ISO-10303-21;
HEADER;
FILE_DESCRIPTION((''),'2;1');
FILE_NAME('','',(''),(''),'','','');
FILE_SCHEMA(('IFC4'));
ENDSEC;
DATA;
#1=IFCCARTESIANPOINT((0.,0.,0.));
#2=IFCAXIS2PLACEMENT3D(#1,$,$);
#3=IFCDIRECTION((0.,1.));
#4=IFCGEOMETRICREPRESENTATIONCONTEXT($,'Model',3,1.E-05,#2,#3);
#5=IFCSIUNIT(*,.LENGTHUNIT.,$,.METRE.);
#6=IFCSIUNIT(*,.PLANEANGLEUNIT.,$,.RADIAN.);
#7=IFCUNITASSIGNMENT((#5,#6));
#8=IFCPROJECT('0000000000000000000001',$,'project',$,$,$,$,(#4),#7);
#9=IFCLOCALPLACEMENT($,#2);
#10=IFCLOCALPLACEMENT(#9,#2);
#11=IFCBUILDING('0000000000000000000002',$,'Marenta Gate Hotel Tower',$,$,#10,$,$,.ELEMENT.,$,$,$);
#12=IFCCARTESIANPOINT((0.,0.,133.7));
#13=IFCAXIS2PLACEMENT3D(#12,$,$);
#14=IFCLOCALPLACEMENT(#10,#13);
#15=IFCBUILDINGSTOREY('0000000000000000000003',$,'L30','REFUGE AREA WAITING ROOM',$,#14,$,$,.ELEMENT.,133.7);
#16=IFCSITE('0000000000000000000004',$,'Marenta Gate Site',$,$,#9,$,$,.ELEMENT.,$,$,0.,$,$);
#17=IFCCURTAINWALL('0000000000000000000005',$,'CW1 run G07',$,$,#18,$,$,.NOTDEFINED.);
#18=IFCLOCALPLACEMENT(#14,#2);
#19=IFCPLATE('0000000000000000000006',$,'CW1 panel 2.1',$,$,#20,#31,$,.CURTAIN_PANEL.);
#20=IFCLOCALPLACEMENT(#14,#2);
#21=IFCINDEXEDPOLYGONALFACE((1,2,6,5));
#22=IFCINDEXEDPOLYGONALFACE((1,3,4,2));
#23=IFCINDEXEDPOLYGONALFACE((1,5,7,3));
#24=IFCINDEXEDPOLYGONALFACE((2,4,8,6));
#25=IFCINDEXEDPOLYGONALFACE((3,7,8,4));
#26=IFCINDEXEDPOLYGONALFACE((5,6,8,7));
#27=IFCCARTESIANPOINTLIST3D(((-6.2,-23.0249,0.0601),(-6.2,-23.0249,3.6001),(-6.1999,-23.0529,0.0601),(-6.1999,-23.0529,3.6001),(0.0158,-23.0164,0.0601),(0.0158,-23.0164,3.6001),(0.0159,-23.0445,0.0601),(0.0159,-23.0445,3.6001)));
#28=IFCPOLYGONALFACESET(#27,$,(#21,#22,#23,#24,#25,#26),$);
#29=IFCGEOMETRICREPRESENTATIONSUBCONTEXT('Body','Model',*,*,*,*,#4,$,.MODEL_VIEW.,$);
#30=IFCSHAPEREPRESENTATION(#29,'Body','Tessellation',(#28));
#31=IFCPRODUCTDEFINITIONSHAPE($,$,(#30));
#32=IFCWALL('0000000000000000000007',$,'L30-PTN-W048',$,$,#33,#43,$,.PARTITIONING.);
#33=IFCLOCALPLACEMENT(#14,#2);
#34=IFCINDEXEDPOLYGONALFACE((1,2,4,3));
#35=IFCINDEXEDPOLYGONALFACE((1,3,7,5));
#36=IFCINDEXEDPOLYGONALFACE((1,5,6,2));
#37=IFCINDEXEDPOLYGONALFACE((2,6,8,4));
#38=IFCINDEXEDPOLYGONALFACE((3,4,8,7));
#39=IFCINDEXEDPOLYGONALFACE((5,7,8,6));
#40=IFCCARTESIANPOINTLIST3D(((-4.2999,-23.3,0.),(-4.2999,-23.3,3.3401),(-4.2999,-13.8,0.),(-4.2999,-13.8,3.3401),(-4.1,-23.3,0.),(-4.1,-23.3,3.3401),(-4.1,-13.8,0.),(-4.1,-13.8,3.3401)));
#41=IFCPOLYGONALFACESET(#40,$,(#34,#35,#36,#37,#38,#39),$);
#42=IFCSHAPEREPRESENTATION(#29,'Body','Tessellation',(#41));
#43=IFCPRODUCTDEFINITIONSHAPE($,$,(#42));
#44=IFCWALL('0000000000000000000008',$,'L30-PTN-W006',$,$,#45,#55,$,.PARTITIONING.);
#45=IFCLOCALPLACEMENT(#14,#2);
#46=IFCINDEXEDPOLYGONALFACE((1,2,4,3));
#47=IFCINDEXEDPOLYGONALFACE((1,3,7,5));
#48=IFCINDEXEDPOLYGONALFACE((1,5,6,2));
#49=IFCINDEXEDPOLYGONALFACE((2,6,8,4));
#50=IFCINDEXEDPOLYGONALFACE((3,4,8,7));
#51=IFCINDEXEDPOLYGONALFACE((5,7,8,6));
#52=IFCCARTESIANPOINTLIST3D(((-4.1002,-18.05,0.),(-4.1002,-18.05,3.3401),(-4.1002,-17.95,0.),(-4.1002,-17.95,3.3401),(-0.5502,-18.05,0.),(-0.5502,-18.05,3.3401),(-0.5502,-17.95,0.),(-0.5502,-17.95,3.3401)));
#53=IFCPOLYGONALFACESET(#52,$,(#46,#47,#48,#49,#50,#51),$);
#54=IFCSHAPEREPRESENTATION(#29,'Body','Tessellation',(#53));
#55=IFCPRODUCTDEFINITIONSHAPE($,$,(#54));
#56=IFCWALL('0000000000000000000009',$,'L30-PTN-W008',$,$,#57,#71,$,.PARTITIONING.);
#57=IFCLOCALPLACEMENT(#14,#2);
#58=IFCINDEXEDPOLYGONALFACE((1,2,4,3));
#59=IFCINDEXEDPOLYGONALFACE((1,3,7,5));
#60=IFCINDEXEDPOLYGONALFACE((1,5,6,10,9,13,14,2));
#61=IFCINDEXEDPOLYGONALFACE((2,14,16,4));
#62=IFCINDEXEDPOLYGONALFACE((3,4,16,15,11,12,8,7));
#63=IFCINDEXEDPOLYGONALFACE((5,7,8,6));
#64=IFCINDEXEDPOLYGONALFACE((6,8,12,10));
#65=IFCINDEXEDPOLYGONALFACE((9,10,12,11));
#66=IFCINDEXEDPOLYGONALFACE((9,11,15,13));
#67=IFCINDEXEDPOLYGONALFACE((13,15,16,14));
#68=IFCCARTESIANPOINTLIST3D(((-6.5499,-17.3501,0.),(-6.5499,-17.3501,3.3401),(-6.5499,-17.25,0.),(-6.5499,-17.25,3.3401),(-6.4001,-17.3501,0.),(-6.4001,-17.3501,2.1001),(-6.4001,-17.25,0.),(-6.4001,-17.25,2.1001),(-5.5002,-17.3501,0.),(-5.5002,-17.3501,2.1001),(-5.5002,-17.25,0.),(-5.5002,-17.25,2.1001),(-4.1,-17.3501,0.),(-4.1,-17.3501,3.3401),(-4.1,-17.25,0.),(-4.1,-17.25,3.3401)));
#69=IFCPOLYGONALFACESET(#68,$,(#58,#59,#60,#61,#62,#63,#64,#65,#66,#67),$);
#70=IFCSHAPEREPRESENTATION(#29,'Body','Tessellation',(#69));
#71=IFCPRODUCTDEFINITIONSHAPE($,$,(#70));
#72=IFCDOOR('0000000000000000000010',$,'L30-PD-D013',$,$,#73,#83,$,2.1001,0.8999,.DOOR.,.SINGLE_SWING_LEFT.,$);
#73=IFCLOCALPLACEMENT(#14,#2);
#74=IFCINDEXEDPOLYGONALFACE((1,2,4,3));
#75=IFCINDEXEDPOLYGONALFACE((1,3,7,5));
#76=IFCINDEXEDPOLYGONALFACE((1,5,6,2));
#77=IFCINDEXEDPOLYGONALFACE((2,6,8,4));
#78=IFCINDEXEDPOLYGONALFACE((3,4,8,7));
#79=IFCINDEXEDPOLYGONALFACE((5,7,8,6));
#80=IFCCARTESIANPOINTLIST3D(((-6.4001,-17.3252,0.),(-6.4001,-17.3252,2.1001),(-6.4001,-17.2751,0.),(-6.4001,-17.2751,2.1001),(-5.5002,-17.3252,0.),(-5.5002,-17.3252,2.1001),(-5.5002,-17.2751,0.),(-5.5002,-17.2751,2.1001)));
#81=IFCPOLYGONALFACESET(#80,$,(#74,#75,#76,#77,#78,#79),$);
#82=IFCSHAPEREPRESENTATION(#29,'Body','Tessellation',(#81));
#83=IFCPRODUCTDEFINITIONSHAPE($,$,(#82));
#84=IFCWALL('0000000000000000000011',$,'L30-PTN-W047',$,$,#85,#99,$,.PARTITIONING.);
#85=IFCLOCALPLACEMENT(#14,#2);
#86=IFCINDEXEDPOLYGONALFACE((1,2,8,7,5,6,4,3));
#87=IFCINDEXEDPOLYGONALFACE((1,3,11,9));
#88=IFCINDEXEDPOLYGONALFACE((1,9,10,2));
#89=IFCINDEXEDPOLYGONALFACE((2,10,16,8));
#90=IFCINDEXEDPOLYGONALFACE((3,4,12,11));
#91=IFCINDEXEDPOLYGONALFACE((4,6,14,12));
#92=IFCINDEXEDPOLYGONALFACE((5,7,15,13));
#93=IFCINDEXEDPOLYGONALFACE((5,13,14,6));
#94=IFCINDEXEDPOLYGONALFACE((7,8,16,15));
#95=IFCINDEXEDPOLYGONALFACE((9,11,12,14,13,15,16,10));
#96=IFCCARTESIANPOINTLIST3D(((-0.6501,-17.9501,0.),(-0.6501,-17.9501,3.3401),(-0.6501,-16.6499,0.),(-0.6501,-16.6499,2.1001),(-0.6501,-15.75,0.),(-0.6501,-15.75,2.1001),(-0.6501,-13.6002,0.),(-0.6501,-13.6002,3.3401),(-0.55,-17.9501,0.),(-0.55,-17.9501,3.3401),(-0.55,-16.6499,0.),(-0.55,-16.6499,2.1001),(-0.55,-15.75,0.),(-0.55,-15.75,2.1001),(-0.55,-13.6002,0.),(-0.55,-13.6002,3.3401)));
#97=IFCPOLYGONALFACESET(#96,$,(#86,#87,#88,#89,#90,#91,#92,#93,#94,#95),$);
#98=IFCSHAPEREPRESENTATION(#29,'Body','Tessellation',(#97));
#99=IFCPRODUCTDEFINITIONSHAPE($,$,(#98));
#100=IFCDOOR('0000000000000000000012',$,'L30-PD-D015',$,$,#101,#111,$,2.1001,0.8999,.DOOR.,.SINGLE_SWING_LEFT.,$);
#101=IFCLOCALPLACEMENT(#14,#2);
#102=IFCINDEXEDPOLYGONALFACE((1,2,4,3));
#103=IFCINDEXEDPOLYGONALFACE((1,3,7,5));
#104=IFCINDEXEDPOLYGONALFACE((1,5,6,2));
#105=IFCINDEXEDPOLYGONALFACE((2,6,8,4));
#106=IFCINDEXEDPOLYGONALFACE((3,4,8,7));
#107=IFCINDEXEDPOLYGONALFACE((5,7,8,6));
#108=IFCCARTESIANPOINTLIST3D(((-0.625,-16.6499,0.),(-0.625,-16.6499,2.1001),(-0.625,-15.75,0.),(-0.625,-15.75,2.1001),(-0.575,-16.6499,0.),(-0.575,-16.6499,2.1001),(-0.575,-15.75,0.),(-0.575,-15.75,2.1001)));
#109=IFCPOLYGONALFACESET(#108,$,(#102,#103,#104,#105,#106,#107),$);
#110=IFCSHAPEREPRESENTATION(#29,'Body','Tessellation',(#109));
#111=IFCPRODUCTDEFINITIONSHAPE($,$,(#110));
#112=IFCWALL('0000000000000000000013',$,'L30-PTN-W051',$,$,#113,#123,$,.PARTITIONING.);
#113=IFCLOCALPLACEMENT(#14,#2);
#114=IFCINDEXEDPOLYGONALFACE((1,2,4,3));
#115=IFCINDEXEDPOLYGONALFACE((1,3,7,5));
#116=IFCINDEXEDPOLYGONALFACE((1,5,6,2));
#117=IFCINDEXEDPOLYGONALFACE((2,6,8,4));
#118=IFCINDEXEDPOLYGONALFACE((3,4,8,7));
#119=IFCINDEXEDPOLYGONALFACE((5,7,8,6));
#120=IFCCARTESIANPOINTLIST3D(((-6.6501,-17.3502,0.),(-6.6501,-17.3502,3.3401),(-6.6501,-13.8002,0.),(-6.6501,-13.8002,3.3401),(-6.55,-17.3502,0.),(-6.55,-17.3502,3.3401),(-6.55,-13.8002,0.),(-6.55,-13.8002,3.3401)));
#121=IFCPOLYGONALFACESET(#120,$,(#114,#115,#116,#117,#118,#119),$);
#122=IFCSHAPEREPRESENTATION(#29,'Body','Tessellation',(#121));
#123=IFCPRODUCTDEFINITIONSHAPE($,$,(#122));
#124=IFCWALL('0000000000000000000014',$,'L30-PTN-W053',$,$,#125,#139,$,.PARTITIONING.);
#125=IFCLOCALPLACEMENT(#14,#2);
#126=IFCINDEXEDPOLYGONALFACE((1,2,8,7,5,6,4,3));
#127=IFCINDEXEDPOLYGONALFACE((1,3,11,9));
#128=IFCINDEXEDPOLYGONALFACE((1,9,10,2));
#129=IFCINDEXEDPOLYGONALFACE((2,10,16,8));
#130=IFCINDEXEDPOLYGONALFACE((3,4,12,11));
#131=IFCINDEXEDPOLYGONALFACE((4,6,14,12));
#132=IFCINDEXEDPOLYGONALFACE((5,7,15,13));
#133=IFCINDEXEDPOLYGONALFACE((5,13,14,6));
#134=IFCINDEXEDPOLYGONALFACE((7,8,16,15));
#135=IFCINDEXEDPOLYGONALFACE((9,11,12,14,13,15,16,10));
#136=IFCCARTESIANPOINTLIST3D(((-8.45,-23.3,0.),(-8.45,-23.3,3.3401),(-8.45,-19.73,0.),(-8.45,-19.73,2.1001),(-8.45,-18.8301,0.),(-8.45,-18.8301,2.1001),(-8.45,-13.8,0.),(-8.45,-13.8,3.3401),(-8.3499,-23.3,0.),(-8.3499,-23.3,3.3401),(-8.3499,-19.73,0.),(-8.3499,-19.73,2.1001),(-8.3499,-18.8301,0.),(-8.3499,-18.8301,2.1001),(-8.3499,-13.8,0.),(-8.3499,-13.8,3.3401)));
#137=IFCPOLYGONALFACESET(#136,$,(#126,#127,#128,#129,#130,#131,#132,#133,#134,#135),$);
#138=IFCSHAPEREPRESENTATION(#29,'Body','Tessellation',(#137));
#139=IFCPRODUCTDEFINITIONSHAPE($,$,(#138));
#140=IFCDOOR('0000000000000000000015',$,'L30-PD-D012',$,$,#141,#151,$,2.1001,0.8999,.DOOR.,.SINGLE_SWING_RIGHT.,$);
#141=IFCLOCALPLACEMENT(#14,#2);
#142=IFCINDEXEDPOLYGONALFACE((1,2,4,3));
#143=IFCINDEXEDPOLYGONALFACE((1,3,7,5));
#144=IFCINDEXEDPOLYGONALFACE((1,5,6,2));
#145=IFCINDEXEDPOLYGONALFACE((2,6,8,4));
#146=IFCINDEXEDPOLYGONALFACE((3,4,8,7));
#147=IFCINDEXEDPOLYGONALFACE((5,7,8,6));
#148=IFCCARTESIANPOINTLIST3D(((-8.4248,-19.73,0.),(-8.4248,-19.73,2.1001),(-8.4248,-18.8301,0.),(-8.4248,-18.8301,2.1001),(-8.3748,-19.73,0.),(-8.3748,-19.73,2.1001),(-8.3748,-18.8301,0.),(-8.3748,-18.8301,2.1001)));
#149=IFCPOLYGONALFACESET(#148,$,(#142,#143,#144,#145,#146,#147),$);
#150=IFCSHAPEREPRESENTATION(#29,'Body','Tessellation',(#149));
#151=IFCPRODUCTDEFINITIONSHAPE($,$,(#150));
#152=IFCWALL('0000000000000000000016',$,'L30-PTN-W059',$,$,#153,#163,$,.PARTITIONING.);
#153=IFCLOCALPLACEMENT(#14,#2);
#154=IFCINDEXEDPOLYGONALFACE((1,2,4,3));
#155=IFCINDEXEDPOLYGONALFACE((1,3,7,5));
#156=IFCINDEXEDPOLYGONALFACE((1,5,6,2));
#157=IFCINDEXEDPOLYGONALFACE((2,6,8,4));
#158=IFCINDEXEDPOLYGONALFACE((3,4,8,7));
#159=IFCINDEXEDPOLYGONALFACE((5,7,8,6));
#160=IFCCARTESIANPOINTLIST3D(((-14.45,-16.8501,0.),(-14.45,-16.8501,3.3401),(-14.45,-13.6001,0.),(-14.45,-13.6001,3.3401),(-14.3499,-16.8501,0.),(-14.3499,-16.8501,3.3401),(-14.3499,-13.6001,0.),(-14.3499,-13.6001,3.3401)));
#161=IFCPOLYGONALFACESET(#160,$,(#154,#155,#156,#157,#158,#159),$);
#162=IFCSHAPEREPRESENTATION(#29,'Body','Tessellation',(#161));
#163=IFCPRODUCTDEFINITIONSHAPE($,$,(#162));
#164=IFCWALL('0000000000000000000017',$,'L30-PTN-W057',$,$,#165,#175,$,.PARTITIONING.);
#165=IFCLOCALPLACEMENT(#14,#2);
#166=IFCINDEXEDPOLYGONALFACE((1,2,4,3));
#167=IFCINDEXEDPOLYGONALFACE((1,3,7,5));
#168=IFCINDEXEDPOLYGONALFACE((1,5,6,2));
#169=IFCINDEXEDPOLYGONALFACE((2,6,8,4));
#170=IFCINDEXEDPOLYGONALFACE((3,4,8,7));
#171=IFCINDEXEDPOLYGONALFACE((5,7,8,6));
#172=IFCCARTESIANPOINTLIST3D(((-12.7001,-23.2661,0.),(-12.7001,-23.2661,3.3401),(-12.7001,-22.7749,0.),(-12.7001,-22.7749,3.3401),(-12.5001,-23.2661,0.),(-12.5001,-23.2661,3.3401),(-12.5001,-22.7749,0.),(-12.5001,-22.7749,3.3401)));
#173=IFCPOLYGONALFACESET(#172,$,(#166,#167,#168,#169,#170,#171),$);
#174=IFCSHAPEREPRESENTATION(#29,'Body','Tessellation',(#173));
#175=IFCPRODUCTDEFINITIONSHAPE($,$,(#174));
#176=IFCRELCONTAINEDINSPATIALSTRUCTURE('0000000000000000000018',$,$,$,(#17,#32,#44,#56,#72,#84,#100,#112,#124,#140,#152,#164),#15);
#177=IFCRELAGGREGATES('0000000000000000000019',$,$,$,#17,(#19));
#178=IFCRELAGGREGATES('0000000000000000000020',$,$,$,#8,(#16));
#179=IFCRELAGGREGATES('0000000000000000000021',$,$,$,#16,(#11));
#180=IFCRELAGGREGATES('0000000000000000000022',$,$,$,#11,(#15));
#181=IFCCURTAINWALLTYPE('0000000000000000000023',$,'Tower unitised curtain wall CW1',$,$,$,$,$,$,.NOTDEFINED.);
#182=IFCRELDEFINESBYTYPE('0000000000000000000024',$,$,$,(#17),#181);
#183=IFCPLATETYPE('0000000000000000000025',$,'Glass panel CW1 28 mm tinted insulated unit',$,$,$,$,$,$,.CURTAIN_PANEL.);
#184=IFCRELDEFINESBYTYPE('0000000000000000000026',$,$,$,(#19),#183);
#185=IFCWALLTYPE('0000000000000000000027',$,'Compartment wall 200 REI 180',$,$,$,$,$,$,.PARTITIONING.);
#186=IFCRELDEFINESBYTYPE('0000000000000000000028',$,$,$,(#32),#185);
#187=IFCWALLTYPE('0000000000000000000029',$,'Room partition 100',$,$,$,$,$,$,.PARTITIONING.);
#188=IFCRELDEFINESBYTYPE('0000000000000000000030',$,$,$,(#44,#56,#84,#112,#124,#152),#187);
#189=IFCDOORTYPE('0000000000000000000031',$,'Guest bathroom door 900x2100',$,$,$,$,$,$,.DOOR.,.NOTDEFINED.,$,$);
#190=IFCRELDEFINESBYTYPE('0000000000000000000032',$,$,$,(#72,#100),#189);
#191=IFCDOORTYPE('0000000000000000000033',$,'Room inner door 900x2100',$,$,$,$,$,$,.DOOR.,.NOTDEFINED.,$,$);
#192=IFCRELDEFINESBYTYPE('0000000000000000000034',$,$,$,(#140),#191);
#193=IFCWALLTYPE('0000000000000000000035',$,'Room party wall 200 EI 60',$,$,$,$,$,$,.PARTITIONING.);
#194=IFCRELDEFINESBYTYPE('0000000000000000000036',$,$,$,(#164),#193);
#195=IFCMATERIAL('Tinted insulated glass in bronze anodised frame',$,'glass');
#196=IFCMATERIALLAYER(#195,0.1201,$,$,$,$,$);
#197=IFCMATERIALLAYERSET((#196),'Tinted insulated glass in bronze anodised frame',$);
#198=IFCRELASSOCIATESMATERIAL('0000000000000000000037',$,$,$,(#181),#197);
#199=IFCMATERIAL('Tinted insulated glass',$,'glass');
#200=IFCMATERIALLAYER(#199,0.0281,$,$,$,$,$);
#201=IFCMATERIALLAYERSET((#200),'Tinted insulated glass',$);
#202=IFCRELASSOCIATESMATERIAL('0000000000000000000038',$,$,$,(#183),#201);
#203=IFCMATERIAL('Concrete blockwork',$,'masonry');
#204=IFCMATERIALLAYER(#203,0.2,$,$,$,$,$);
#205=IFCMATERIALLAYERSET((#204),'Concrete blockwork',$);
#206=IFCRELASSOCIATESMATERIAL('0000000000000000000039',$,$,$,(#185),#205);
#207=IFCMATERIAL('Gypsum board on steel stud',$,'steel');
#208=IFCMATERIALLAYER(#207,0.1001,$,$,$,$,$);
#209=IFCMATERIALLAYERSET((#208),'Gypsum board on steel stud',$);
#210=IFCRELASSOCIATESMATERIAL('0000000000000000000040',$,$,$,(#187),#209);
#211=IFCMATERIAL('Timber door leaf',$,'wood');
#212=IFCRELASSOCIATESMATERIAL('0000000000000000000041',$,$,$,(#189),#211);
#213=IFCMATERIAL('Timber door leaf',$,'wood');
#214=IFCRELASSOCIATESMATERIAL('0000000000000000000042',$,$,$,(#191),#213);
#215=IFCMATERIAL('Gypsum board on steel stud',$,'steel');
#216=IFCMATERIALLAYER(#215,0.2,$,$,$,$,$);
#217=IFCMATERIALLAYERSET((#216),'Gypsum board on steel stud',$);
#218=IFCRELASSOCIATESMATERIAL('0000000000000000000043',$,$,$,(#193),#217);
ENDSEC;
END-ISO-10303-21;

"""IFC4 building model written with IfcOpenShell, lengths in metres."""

from ifc_helpers import new_model, si_unit, direction, frame, frame_2d, origin, origin_2d, place, context, subcontext, project, spatial, rectangle, extrude, material, layer, layer_set, type_object, element, fill, aggregate, save


model = new_model("IFC4")

# Units and contexts
model_context = context("Model", 3, precision=1e-05, world=origin(), true_north=direction((0.0, 1.0)))
body_context = subcontext(model_context, "Body", "Model", "MODEL_VIEW")
ifc_project = project(units=[si_unit("LENGTHUNIT", "METRE"), si_unit("PLANEANGLEUNIT", "RADIAN")], contexts=[model_context])

# Site, building, storey
site_placement = place(None, origin())
site = spatial("IfcSite", under=ifc_project, at=site_placement, Name="Marenta Gate Site", CompositionType="ELEMENT", RefElevation=0.0)
building_placement = place(site_placement, origin())
building = spatial("IfcBuilding", under=site, at=building_placement, Name="Marenta Gate Hotel Tower", CompositionType="ELEMENT")
storey_placement = place(building_placement, frame((0.0, 0.0, 133.7)))
storey = spatial("IfcBuildingStorey", under=building, at=storey_placement, Name="L30", Description="REFUGE AREA WAITING ROOM", CompositionType="ELEMENT", Elevation=133.7)

# Curtain wall
ifc_material_1 = material(Name="Tinted insulated glass in bronze anodised frame", Category="glass")
ifc_layer_1 = layer(ifc_material_1, 0.1201)
ifc_layer_set_1 = layer_set([ifc_layer_1], Name="Tinted insulated glass in bronze anodised frame")
curtain_wall_type = type_object("IfcCurtainWallType", Name="Tower unitised curtain wall CW1", PredefinedType="NOTDEFINED", material=ifc_layer_set_1)
curtain_wall_1_placement = place(storey_placement, origin())
curtain_wall_1 = element("IfcCurtainWall", 1, at=curtain_wall_1_placement, inside=storey, type_object=curtain_wall_type, Name="CW1 run G07", PredefinedType="NOTDEFINED")

# Shared definitions
ifc_material_2 = material(Name="Tinted insulated glass", Category="glass")
ifc_layer_2 = layer(ifc_material_2, 0.0281)
ifc_layer_set_2 = layer_set([ifc_layer_2], Name="Tinted insulated glass")
plate_type = type_object("IfcPlateType", Name="Glass panel CW1 28 mm tinted insulated unit", PredefinedType="CURTAIN_PANEL", material=ifc_layer_set_2)

# Plate
plate_1_placement = place(storey_placement, frame((-3.092, -23.0347, 0.0601), z_axis=(0.0, 0.0, 1.0), x_axis=(0.999999, 0.001362, 0.0)))
plate_1 = element("IfcPlate", 2, at=plate_1_placement, type_object=plate_type, Name="CW1 panel 2.1", PredefinedType="CURTAIN_PANEL", context=body_context, shape_type="SweptSolid", body=[
    extrude(rectangle(XDim=6.2158, YDim=0.0281, at=origin_2d()), origin(), (0.0, 0.0, 1.0), 3.54),
])
aggregate(curtain_wall_1, [plate_1])

# Walls
ifc_material_3 = material(Name="Concrete blockwork", Category="masonry")
ifc_layer_3 = layer(ifc_material_3, 0.2)
ifc_layer_set_3 = layer_set([ifc_layer_3], Name="Concrete blockwork")
wall_type_1 = type_object("IfcWallType", Name="Compartment wall 200 REI 180", PredefinedType="PARTITIONING", material=ifc_layer_set_3)
wall_1_placement = place(storey_placement, frame((-4.2, -23.3, 0.0), z_axis=(0.0, 0.0, 1.0), x_axis=(0.0, 1.0, 0.0)))
element("IfcWall", 3, at=wall_1_placement, inside=storey, type_object=wall_type_1, Name="L30-PTN-W048", PredefinedType="PARTITIONING", context=body_context, shape_type="SweptSolid", body=[
    extrude(rectangle(XDim=9.5, YDim=0.2, at=frame_2d((4.75, 0.0))), origin(), (0.0, 0.0, 1.0), 3.3401),
])
ifc_material_4 = material(Name="Gypsum board on steel stud", Category="steel")
ifc_layer_4 = layer(ifc_material_4, 0.1001)
ifc_layer_set_4 = layer_set([ifc_layer_4], Name="Gypsum board on steel stud")
wall_type_2 = type_object("IfcWallType", Name="Room partition 100", PredefinedType="PARTITIONING", material=ifc_layer_set_4)
wall_2_placement = place(storey_placement, frame((-4.1001, -18.0, 0.0), z_axis=(0.0, 0.0, 1.0), x_axis=(1.0, 0.0, 0.0)))
element("IfcWall", 4, at=wall_2_placement, inside=storey, type_object=wall_type_2, Name="L30-PTN-W006", PredefinedType="PARTITIONING", context=body_context, shape_type="SweptSolid", body=[
    extrude(rectangle(XDim=3.55, YDim=0.1001, at=frame_2d((1.7749, 0.0))), origin(), (0.0, 0.0, 1.0), 3.3401),
])

# Walls, openings, doors
wall_3_placement = place(storey_placement, frame((-6.55, -17.3, 0.0), z_axis=(0.0, 0.0, 1.0), x_axis=(1.0, 0.0, 0.0)))
wall_3 = element("IfcWall", 5, at=wall_3_placement, inside=storey, type_object=wall_type_2, Name="L30-PTN-W008", PredefinedType="PARTITIONING", context=body_context, shape_type="SweptSolid", body=[
    extrude(rectangle(XDim=2.45, YDim=0.1001, at=frame_2d((1.2251, 0.0))), origin(), (0.0, 0.0, 1.0), 3.3401),
])
opening_1_placement = place(wall_3_placement, frame((0.1499, 0.0, 0.0)))
opening_1 = element("IfcOpeningElement", 6, at=opening_1_placement, cuts=wall_3, PredefinedType="OPENING", context=body_context, shape_type="SweptSolid", body=[
    extrude(rectangle(XDim=0.8999, YDim=2.1001, at=frame_2d((0.45, 1.05))), frame((0.0, 0.05, 0.0), z_axis=(0.0, -1.0, 0.0), x_axis=(1.0, 0.0, 0.0)), (0.0, 0.0, 1.0), 0.1001),
])
ifc_material_5 = material(Name="Timber door leaf", Category="wood")
door_type_1 = type_object("IfcDoorType", Name="Guest bathroom door 900x2100", OperationType="NOTDEFINED", PredefinedType="DOOR", material=ifc_material_5)
door_1_placement = place(opening_1_placement, origin())
door_1 = element("IfcDoor", 7, at=door_1_placement, inside=storey, type_object=door_type_1, Name="L30-PD-D013", OperationType="SINGLE_SWING_LEFT", OverallHeight=2.1001, OverallWidth=0.8999, PredefinedType="DOOR", context=body_context, shape_type="SweptSolid", body=[
    extrude(rectangle(XDim=0.8999, YDim=2.1001, at=frame_2d((0.45, 1.05))), frame((0.0, 0.0249, 0.0), z_axis=(0.0, -1.0, 0.0), x_axis=(1.0, 0.0, 0.0)), (0.0, 0.0, 1.0), 0.05),
])
fill(opening_1, door_1)
wall_4_placement = place(storey_placement, frame((-0.6001, -17.95, 0.0), z_axis=(0.0, 0.0, 1.0), x_axis=(0.0, 1.0, 0.0)))
wall_4 = element("IfcWall", 8, at=wall_4_placement, inside=storey, type_object=wall_type_2, Name="L30-PTN-W047", PredefinedType="PARTITIONING", context=body_context, shape_type="SweptSolid", body=[
    extrude(rectangle(XDim=4.3499, YDim=0.1001, at=frame_2d((2.1748, 0.0))), origin(), (0.0, 0.0, 1.0), 3.3401),
])
opening_2_placement = place(wall_4_placement, frame((1.3, 0.0, 0.0)))
opening_2 = element("IfcOpeningElement", 9, at=opening_2_placement, cuts=wall_4, PredefinedType="OPENING", context=body_context, shape_type="SweptSolid", body=[
    extrude(rectangle(XDim=0.8999, YDim=2.1001, at=frame_2d((0.45, 1.05))), frame((0.0, 0.05, 0.0), z_axis=(0.0, -1.0, 0.0), x_axis=(1.0, 0.0, 0.0)), (0.0, 0.0, 1.0), 0.1001),
])
door_2_placement = place(opening_2_placement, origin())
door_2 = element("IfcDoor", 10, at=door_2_placement, inside=storey, type_object=door_type_1, Name="L30-PD-D015", OperationType="SINGLE_SWING_LEFT", OverallHeight=2.1001, OverallWidth=0.8999, PredefinedType="DOOR", context=body_context, shape_type="SweptSolid", body=[
    extrude(rectangle(XDim=0.8999, YDim=2.1001, at=frame_2d((0.45, 1.05))), frame((0.0, 0.0249, 0.0), z_axis=(0.0, -1.0, 0.0), x_axis=(1.0, 0.0, 0.0)), (0.0, 0.0, 1.0), 0.05),
])
fill(opening_2, door_2)

# Wall
wall_5_placement = place(storey_placement, frame((-6.6001, -17.3501, 0.0), z_axis=(0.0, 0.0, 1.0), x_axis=(0.0, 1.0, 0.0)))
element("IfcWall", 11, at=wall_5_placement, inside=storey, type_object=wall_type_2, Name="L30-PTN-W051", PredefinedType="PARTITIONING", context=body_context, shape_type="SweptSolid", body=[
    extrude(rectangle(XDim=3.55, YDim=0.1001, at=frame_2d((1.7749, 0.0))), origin(), (0.0, 0.0, 1.0), 3.3401),
])

# Wall, opening, door
wall_6_placement = place(storey_placement, frame((-8.3999, -23.3, 0.0), z_axis=(0.0, 0.0, 1.0), x_axis=(0.0, 1.0, 0.0)))
wall_6 = element("IfcWall", 12, at=wall_6_placement, inside=storey, type_object=wall_type_2, Name="L30-PTN-W053", PredefinedType="PARTITIONING", context=body_context, shape_type="SweptSolid", body=[
    extrude(rectangle(XDim=9.5, YDim=0.1001, at=frame_2d((4.75, 0.0))), origin(), (0.0, 0.0, 1.0), 3.3401),
])
opening_3_placement = place(wall_6_placement, frame((3.5701, 0.0, 0.0)))
opening_3 = element("IfcOpeningElement", 13, at=opening_3_placement, cuts=wall_6, PredefinedType="OPENING", context=body_context, shape_type="SweptSolid", body=[
    extrude(rectangle(XDim=0.8999, YDim=2.1001, at=frame_2d((0.45, 1.05))), frame((0.0, 0.05, 0.0), z_axis=(0.0, -1.0, 0.0), x_axis=(1.0, 0.0, 0.0)), (0.0, 0.0, 1.0), 0.1001),
])
ifc_material_6 = material(Name="Timber door leaf", Category="wood")
door_type_2 = type_object("IfcDoorType", Name="Room inner door 900x2100", OperationType="NOTDEFINED", PredefinedType="DOOR", material=ifc_material_6)
door_3_placement = place(opening_3_placement, origin())
door_3 = element("IfcDoor", 14, at=door_3_placement, inside=storey, type_object=door_type_2, Name="L30-PD-D012", OperationType="SINGLE_SWING_RIGHT", OverallHeight=2.1001, OverallWidth=0.8999, PredefinedType="DOOR", context=body_context, shape_type="SweptSolid", body=[
    extrude(rectangle(XDim=0.8999, YDim=2.1001, at=frame_2d((0.45, 1.05))), frame((0.0, 0.0249, 0.0), z_axis=(0.0, -1.0, 0.0), x_axis=(1.0, 0.0, 0.0)), (0.0, 0.0, 1.0), 0.05),
])
fill(opening_3, door_3)

# Walls
wall_7_placement = place(storey_placement, frame((-14.3999, -16.8501, 0.0), z_axis=(0.0, 0.0, 1.0), x_axis=(0.0, 1.0, 0.0)))
element("IfcWall", 15, at=wall_7_placement, inside=storey, type_object=wall_type_2, Name="L30-PTN-W059", PredefinedType="PARTITIONING", context=body_context, shape_type="SweptSolid", body=[
    extrude(rectangle(XDim=3.25, YDim=0.1001, at=frame_2d((1.625, 0.0))), origin(), (0.0, 0.0, 1.0), 3.3401),
])
ifc_material_7 = material(Name="Gypsum board on steel stud", Category="steel")
ifc_layer_5 = layer(ifc_material_7, 0.2)
ifc_layer_set_5 = layer_set([ifc_layer_5], Name="Gypsum board on steel stud")
wall_type_3 = type_object("IfcWallType", Name="Room party wall 200 EI 60", PredefinedType="PARTITIONING", material=ifc_layer_set_5)
wall_8_placement = place(storey_placement, frame((-12.6001, -23.2661, 0.0), z_axis=(0.0, 0.0, 1.0), x_axis=(0.0, 1.0, 0.0)))
element("IfcWall", 16, at=wall_8_placement, inside=storey, type_object=wall_type_3, Name="L30-PTN-W057", PredefinedType="PARTITIONING", context=body_context, shape_type="SweptSolid", body=[
    extrude(rectangle(XDim=0.4912, YDim=0.2, at=frame_2d((0.2456, 0.0))), origin(), (0.0, 0.0, 1.0), 3.3401),
])

save(model, "model.ifc")
